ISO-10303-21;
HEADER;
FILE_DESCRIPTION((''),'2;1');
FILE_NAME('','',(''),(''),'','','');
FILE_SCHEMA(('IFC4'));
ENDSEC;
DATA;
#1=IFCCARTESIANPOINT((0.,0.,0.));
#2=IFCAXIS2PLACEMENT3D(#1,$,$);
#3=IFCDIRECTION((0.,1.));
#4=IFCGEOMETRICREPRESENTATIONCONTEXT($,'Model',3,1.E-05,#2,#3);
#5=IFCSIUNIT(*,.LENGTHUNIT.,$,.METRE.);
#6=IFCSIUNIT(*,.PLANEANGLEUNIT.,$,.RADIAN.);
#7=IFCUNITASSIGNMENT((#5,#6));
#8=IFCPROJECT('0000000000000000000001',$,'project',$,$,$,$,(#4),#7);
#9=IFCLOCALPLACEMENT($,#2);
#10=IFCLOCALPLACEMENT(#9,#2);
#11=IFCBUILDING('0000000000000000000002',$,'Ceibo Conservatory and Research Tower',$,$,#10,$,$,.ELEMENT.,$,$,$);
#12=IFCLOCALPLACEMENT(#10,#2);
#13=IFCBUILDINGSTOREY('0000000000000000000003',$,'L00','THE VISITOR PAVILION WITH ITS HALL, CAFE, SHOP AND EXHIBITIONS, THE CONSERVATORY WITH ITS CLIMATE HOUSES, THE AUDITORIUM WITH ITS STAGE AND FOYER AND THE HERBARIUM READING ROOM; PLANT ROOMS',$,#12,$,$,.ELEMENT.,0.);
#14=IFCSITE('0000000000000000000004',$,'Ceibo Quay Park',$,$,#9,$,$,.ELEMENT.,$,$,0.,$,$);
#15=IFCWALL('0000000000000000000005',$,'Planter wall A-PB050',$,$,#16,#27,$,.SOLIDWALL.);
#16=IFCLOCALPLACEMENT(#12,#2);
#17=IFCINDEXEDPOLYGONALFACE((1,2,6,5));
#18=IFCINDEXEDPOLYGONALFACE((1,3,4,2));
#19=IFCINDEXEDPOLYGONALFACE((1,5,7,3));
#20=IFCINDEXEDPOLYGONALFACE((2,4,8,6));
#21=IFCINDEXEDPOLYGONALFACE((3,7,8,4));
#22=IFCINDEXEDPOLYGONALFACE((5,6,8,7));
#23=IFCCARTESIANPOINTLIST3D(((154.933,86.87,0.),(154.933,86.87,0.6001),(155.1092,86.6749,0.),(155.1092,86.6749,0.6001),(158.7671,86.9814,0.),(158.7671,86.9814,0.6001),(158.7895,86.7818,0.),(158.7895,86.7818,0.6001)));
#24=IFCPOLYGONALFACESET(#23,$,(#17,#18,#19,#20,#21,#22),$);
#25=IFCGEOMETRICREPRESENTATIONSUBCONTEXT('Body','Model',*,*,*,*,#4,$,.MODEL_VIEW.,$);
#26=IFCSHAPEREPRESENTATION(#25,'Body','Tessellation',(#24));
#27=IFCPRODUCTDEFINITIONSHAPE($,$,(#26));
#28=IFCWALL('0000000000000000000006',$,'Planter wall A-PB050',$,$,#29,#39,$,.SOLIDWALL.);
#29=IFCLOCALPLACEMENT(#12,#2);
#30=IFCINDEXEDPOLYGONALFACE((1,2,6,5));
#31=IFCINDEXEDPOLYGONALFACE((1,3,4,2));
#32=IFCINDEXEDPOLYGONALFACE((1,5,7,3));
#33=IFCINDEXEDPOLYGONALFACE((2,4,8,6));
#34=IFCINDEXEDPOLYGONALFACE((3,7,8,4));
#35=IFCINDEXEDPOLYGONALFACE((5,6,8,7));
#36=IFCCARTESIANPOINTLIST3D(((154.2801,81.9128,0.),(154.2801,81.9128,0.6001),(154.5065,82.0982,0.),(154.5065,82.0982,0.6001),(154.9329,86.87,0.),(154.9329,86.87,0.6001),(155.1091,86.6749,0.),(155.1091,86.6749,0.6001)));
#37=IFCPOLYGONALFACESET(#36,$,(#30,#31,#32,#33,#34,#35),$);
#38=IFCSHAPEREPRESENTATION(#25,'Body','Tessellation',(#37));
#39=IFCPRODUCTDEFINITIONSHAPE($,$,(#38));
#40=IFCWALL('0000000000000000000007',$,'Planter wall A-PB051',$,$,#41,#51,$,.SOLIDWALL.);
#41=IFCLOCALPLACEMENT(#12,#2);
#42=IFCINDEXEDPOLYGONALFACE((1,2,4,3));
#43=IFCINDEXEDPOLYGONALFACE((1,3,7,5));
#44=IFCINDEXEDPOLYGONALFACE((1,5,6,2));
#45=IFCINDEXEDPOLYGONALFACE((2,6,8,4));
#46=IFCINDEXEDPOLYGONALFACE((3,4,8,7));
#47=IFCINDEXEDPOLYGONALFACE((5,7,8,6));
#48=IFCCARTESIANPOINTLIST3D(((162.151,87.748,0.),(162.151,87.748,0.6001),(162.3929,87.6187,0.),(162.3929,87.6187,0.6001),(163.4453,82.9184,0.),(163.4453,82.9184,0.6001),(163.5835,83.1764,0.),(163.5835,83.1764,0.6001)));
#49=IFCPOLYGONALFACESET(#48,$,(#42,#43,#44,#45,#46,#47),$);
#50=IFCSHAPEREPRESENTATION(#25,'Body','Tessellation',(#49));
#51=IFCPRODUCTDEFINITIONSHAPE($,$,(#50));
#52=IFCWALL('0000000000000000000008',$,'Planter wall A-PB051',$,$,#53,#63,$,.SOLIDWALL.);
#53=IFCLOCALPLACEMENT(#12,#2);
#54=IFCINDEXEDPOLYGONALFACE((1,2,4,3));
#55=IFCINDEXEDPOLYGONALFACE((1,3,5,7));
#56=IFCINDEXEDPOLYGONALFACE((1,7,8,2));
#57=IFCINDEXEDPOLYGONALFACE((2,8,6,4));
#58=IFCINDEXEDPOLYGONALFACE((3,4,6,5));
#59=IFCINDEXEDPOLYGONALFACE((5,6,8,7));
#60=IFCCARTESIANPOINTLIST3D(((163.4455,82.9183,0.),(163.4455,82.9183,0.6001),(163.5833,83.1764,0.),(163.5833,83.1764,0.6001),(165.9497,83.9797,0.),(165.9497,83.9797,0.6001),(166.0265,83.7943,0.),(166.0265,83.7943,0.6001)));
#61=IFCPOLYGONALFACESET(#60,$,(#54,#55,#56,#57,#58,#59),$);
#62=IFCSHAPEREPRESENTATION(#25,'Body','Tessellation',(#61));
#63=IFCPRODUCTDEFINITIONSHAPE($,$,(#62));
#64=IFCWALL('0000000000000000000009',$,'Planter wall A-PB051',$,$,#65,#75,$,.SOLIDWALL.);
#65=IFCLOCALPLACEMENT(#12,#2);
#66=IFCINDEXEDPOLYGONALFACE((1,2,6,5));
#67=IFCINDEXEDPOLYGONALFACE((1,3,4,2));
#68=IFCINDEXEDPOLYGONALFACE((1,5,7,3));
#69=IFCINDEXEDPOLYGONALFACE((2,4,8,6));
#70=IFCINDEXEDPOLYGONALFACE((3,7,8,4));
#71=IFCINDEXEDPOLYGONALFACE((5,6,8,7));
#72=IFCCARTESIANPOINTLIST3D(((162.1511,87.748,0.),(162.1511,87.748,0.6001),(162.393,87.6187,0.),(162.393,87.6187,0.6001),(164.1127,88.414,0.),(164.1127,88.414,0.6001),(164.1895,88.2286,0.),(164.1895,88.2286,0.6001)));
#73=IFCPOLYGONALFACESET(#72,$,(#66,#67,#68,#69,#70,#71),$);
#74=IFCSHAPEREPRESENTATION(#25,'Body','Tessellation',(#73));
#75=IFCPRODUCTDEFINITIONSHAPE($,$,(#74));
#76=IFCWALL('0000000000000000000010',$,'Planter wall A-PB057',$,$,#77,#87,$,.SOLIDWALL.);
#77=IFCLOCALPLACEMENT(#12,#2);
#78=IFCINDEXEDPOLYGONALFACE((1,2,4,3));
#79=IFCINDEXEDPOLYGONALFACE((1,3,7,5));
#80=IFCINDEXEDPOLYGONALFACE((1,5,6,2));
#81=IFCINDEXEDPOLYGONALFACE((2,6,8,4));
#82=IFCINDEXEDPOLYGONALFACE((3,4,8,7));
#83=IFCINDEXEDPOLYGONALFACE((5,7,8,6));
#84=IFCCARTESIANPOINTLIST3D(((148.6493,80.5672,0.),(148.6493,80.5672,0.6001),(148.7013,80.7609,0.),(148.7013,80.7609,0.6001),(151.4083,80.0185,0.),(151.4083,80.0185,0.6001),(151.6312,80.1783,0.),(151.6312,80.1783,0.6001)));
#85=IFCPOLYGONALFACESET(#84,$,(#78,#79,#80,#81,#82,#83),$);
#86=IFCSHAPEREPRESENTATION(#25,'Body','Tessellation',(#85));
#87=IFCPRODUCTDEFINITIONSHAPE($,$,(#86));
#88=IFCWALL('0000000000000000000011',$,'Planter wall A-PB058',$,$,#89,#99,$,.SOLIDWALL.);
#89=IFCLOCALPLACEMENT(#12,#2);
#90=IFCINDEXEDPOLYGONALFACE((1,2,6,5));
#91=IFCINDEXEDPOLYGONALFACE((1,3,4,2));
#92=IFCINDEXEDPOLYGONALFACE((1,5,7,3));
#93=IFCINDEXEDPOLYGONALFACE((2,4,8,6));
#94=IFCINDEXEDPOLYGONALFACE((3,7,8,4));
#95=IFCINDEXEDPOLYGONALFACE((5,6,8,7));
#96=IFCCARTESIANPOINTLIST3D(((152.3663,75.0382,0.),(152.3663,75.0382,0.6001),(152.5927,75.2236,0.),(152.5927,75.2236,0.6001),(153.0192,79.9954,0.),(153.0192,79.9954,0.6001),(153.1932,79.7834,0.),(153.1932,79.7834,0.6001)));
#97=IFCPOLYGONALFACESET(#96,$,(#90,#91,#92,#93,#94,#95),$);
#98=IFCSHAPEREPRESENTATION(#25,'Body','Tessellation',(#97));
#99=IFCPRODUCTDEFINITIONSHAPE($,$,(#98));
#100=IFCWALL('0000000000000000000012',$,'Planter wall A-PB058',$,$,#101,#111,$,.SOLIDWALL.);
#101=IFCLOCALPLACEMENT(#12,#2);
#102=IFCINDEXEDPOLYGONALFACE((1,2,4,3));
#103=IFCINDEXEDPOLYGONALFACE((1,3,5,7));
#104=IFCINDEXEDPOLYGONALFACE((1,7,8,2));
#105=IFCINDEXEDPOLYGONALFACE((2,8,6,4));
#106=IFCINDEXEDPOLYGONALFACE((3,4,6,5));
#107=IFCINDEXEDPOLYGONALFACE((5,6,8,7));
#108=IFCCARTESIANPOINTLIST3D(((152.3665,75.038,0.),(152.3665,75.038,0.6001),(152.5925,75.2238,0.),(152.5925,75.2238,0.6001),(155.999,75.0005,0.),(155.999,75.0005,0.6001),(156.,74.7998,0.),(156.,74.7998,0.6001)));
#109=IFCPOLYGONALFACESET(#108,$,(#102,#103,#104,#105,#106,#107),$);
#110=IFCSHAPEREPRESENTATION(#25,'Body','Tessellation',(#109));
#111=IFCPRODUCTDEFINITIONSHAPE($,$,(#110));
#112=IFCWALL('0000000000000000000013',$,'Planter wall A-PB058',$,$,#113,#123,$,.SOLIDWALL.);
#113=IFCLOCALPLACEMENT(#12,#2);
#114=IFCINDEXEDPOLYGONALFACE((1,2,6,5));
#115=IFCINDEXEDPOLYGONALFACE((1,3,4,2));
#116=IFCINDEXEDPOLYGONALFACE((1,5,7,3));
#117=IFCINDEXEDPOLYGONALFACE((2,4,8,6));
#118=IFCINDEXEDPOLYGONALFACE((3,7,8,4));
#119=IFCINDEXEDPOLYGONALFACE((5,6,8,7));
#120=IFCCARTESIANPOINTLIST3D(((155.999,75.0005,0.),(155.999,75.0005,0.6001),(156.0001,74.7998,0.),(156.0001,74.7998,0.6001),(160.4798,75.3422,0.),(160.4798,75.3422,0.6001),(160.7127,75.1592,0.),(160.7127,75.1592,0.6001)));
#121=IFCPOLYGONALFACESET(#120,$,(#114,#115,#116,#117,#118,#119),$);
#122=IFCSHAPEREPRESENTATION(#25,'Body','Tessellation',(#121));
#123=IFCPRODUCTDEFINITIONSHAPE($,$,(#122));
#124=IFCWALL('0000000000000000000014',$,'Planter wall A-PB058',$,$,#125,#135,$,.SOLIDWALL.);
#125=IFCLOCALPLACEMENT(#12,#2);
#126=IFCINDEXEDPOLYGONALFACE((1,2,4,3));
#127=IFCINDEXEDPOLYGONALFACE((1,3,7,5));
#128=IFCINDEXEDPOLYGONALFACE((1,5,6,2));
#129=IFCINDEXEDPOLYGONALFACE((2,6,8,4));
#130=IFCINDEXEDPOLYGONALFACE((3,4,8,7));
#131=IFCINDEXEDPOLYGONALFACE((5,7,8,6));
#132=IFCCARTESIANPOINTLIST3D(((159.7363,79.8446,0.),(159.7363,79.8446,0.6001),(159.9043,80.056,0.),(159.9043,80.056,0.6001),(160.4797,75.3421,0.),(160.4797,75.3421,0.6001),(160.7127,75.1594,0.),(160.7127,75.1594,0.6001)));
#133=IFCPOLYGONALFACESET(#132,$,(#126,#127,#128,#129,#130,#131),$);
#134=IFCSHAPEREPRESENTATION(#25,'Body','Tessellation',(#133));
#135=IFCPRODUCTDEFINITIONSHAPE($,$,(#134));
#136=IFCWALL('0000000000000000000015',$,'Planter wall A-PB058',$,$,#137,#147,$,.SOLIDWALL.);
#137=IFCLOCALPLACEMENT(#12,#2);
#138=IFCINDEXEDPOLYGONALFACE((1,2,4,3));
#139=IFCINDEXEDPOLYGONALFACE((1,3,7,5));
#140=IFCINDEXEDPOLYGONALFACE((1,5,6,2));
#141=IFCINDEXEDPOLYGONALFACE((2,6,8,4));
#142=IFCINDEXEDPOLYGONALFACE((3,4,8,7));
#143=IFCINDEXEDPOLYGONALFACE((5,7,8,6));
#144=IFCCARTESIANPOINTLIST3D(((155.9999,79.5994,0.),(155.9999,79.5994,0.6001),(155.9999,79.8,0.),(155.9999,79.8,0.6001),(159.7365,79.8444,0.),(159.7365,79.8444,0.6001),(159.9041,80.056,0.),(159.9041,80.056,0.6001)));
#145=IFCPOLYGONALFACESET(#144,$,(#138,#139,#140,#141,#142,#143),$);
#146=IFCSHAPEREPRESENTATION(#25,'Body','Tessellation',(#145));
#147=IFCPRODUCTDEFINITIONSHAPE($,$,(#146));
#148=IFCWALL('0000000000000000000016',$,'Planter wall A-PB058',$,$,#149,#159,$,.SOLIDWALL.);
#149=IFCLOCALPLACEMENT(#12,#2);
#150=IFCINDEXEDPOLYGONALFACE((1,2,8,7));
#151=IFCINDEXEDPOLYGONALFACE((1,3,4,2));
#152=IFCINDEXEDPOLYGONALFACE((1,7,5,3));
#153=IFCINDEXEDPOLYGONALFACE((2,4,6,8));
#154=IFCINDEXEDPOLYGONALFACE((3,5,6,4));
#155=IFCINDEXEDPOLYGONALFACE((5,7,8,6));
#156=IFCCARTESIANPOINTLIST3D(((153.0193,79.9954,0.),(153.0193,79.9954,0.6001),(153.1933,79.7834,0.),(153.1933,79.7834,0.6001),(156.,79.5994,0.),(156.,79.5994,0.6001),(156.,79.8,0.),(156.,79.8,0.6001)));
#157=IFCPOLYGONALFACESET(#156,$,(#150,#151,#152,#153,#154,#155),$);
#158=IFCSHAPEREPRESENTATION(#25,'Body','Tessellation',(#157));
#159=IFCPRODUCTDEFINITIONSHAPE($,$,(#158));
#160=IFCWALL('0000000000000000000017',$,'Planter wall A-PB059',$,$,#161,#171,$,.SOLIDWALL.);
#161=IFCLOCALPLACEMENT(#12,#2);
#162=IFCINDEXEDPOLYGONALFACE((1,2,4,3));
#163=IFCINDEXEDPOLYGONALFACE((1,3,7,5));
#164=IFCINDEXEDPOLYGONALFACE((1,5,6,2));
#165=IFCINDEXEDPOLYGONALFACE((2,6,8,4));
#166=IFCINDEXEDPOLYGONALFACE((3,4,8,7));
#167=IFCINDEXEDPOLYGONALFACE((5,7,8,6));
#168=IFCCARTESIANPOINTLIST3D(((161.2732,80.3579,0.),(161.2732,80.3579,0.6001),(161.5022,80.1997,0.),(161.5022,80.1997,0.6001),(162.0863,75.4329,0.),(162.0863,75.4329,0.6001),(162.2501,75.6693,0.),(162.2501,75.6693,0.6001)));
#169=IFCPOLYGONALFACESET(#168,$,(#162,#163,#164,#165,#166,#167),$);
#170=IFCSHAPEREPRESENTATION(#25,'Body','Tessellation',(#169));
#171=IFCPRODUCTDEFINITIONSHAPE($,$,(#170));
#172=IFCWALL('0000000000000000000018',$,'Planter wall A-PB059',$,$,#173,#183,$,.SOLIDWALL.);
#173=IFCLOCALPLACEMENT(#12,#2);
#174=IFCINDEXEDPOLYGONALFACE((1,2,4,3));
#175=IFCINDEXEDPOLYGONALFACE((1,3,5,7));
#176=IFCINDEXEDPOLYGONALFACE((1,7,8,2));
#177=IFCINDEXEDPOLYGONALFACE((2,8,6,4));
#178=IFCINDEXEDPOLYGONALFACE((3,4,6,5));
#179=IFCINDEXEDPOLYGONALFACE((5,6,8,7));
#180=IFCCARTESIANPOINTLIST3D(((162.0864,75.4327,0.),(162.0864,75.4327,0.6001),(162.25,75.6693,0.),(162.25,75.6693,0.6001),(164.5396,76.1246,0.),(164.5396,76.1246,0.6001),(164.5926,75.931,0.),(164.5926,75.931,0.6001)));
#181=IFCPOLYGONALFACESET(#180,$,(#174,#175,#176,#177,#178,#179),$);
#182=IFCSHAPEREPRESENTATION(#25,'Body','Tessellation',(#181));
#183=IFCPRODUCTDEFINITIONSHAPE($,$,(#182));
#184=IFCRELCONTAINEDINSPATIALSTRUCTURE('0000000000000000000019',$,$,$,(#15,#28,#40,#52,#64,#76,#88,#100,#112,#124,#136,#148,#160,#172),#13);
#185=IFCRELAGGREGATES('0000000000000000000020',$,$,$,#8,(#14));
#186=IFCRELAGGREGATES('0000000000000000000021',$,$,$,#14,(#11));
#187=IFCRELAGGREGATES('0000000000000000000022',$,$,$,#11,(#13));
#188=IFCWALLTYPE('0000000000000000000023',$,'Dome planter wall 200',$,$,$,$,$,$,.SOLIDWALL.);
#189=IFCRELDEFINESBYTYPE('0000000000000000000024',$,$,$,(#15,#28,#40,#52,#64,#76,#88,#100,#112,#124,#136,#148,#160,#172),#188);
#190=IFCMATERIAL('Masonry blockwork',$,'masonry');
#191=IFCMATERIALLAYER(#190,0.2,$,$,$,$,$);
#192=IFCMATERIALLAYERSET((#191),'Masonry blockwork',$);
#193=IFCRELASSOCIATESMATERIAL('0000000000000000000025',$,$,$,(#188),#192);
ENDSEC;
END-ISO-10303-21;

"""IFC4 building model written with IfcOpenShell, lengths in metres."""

from ifc_helpers import new_model, si_unit, direction, frame, origin, place, context, subcontext, project, spatial, polyline, outline, extrude, material, layer, layer_set, type_object, element, save


model = new_model("IFC4")

# Units and contexts
model_context = context("Model", 3, precision=1e-05, world=origin(), true_north=direction((0.0, 1.0)))
body_context = subcontext(model_context, "Body", "Model", "MODEL_VIEW")
ifc_project = project(units=[si_unit("LENGTHUNIT", "METRE"), si_unit("PLANEANGLEUNIT", "RADIAN")], contexts=[model_context])

# Site, building, storey
site_placement = place(None, origin())
site = spatial("IfcSite", under=ifc_project, at=site_placement, Name="Ceibo Quay Park", CompositionType="ELEMENT", RefElevation=0.0)
building_placement = place(site_placement, origin())
building = spatial("IfcBuilding", under=site, at=building_placement, Name="Ceibo Conservatory and Research Tower", CompositionType="ELEMENT")
storey_placement = place(building_placement, origin())
storey = spatial("IfcBuildingStorey", under=building, at=storey_placement, Name="L00", Description="THE VISITOR PAVILION WITH ITS HALL, CAFE, SHOP AND EXHIBITIONS, THE CONSERVATORY WITH ITS CLIMATE HOUSES, THE AUDITORIUM WITH ITS STAGE AND FOYER AND THE HERBARIUM READING ROOM; PLANT ROOMS", CompositionType="ELEMENT", Elevation=0.0)

# Walls
ifc_material_1 = material(Name="Masonry blockwork", Category="masonry")
ifc_layer_1 = layer(ifc_material_1, 0.2)
ifc_layer_set_1 = layer_set([ifc_layer_1], Name="Masonry blockwork")
wall_type_1 = type_object("IfcWallType", Name="Dome planter wall 200", PredefinedType="SOLIDWALL", material=ifc_layer_set_1)
wall_1_placement = place(storey_placement, frame((158.7783, 86.8816, 0.0), z_axis=(0.0, 0.0, 1.0), x_axis=(-0.999578, -0.029033, 0.0)))
element("IfcWall", 1, at=wall_1_placement, inside=storey, type_object=wall_type_1, Name="Planter wall A-PB050", PredefinedType="SOLIDWALL", context=body_context, shape_type="SweptSolid", body=[
    extrude(outline(polyline([(0.0083, -0.1001), (3.844, -0.1001), (3.6736, 0.1001), (-0.0083, 0.1001), (0.0083, -0.1001)])), origin(), (0.0, 0.0, 1.0), 0.6001),
])
wall_2_placement = place(storey_placement, frame((155.021, 86.7725, 0.0), z_axis=(0.0, 0.0, 1.0), x_axis=(-0.13055, -0.991442, 0.0)))
element("IfcWall", 2, at=wall_2_placement, inside=storey, type_object=wall_type_1, Name="Planter wall A-PB050", PredefinedType="SOLIDWALL", context=body_context, shape_type="SweptSolid", body=[
    extrude(outline(polyline([(-0.0852, -0.1001), (4.9148, -0.1001), (4.7014, 0.1001), (0.0852, 0.1001), (-0.0852, -0.1001)])), origin(), (0.0, 0.0, 1.0), 0.6001),
])
wall_3_placement = place(storey_placement, frame((162.272, 87.6833, 0.0), z_axis=(0.0, 0.0, 1.0), x_axis=(0.258862, -0.965914, 0.0)))
element("IfcWall", 3, at=wall_3_placement, inside=storey, type_object=wall_type_1, Name="Planter wall A-PB051", PredefinedType="SOLIDWALL", context=body_context, shape_type="SweptSolid", body=[
    extrude(outline(polyline([(-0.0938, -0.1001), (4.9062, -0.1001), (4.6929, 0.1001), (0.0938, 0.1001), (-0.0938, -0.1001)])), origin(), (0.0, 0.0, 1.0), 0.6001),
])
wall_4_placement = place(storey_placement, frame((163.5144, 83.0474, 0.0), z_axis=(0.0, 0.0, 1.0), x_axis=(0.94694, 0.32141, 0.0)))
element("IfcWall", 4, at=wall_4_placement, inside=storey, type_object=wall_type_1, Name="Planter wall A-PB051", PredefinedType="SOLIDWALL", context=body_context, shape_type="SweptSolid", body=[
    extrude(outline(polyline([(-0.1067, -0.1001), (2.6189, -0.1001), (2.6057, 0.1001), (0.1067, 0.1001), (-0.1067, -0.1001)])), origin(), (0.0, 0.0, 1.0), 0.6001),
])
wall_5_placement = place(storey_placement, frame((164.1511, 88.3213, 0.0), z_axis=(0.0, 0.0, 1.0), x_axis=(-0.946922, -0.321464, 0.0)))
element("IfcWall", 5, at=wall_5_placement, inside=storey, type_object=wall_type_1, Name="Planter wall A-PB051", PredefinedType="SOLIDWALL", context=body_context, shape_type="SweptSolid", body=[
    extrude(outline(polyline([(0.0066, -0.1001), (2.0781, -0.1001), (1.8906, 0.1001), (-0.0066, 0.1001), (0.0066, -0.1001)])), origin(), (0.0, 0.0, 1.0), 0.6001),
])
wall_6_placement = place(storey_placement, frame((151.5198, 80.0984, 0.0), z_axis=(0.0, 0.0, 1.0), x_axis=(-0.980794, 0.195048, 0.0)))
element("IfcWall", 6, at=wall_6_placement, inside=storey, type_object=wall_type_1, Name="Planter wall A-PB057", PredefinedType="SOLIDWALL", context=body_context, shape_type="SweptSolid", body=[
    extrude(outline(polyline([(-0.0938, -0.1001), (2.8936, -0.1001), (2.9067, 0.1001), (0.0938, 0.1001), (-0.0938, -0.1001)])), origin(), (0.0, 0.0, 1.0), 0.6001),
])
wall_7_placement = place(storey_placement, frame((153.1062, 79.8894, 0.0), z_axis=(0.0, 0.0, 1.0), x_axis=(-0.130574, -0.991439, 0.0)))
element("IfcWall", 7, at=wall_7_placement, inside=storey, type_object=wall_type_1, Name="Planter wall A-PB058", PredefinedType="SOLIDWALL", context=body_context, shape_type="SweptSolid", body=[
    extrude(outline(polyline([(-0.0938, -0.1001), (4.9062, -0.1001), (4.6929, 0.1001), (0.0938, 0.1001), (-0.0938, -0.1001)])), origin(), (0.0, 0.0, 1.0), 0.6001),
])
wall_8_placement = place(storey_placement, frame((152.4795, 75.1309, 0.0), z_axis=(0.0, 0.0, 1.0), x_axis=(0.997859, -0.065403, 0.0)))
element("IfcWall", 8, at=wall_8_placement, inside=storey, type_object=wall_type_1, Name="Planter wall A-PB058", PredefinedType="SOLIDWALL", context=body_context, shape_type="SweptSolid", body=[
    extrude(outline(polyline([(-0.1067, -0.1001), (3.5347, -0.1001), (3.5205, 0.1001), (0.1067, 0.1001), (-0.1067, -0.1001)])), origin(), (0.0, 0.0, 1.0), 0.6001),
])
wall_9_placement = place(storey_placement, frame((155.9995, 74.9001, 0.0), z_axis=(0.0, 0.0, 1.0), x_axis=(0.997104, 0.076049, 0.0)))
element("IfcWall", 9, at=wall_9_placement, inside=storey, type_object=wall_type_1, Name="Planter wall A-PB058", PredefinedType="SOLIDWALL", context=body_context, shape_type="SweptSolid", body=[
    extrude(outline(polyline([(-0.0071, -0.1001), (4.7192, -0.1001), (4.501, 0.1001), (0.0071, 0.1001), (-0.0071, -0.1001)])), origin(), (0.0, 0.0, 1.0), 0.6001),
])
wall_10_placement = place(storey_placement, frame((160.5962, 75.2507, 0.0), z_axis=(0.0, 0.0, 1.0), x_axis=(-0.162894, 0.986644, 0.0)))
element("IfcWall", 10, at=wall_10_placement, inside=storey, type_object=wall_type_1, Name="Planter wall A-PB058", PredefinedType="SOLIDWALL", context=body_context, shape_type="SweptSolid", body=[
    extrude(outline(polyline([(-0.1091, -0.1001), (4.8538, -0.1001), (4.6726, 0.1001), (0.1091, 0.1001), (-0.1091, -0.1001)])), origin(), (0.0, 0.0, 1.0), 0.6001),
])
wall_11_placement = place(storey_placement, frame((159.8203, 79.9502, 0.0), z_axis=(0.0, 0.0, 1.0), x_axis=(-0.997857, -0.065427, 0.0)))
element("IfcWall", 11, at=wall_11_placement, inside=storey, type_object=wall_type_1, Name="Planter wall A-PB058", PredefinedType="SOLIDWALL", context=body_context, shape_type="SweptSolid", body=[
    extrude(outline(polyline([(-0.0906, -0.1001), (3.822, -0.1001), (3.8352, 0.1001), (0.0906, 0.1001), (-0.0906, -0.1001)])), origin(), (0.0, 0.0, 1.0), 0.6001),
])
wall_12_placement = place(storey_placement, frame((156.0, 79.6997, 0.0), z_axis=(0.0, 0.0, 1.0), x_axis=(-0.997858, 0.065413, 0.0)))
element("IfcWall", 12, at=wall_12_placement, inside=storey, type_object=wall_type_1, Name="Planter wall A-PB058", PredefinedType="SOLIDWALL", context=body_context, shape_type="SweptSolid", body=[
    extrude(outline(polyline([(0.0066, -0.1001), (2.9937, -0.1001), (2.8062, 0.1001), (-0.0066, 0.1001), (0.0066, -0.1001)])), origin(), (0.0, 0.0, 1.0), 0.6001),
])
wall_13_placement = place(storey_placement, frame((161.3877, 80.2788, 0.0), z_axis=(0.0, 0.0, 1.0), x_axis=(0.162887, -0.986645, 0.0)))
element("IfcWall", 13, at=wall_13_placement, inside=storey, type_object=wall_type_1, Name="Planter wall A-PB059", PredefinedType="SOLIDWALL", context=body_context, shape_type="SweptSolid", body=[
    extrude(outline(polyline([(-0.0967, -0.1001), (4.895, -0.1001), (4.6885, 0.1001), (0.0967, 0.1001), (-0.0967, -0.1001)])), origin(), (0.0, 0.0, 1.0), 0.6001),
])
wall_14_placement = place(storey_placement, frame((162.1682, 75.551, 0.0), z_axis=(0.0, 0.0, 1.0), x_axis=(0.980799, 0.195021, 0.0)))
element("IfcWall", 14, at=wall_14_placement, inside=storey, type_object=wall_type_1, Name="Planter wall A-PB059", PredefinedType="SOLIDWALL", context=body_context, shape_type="SweptSolid", body=[
    extrude(outline(polyline([(-0.1033, -0.1001), (2.4519, -0.1001), (2.4377, 0.1001), (0.1033, 0.1001), (-0.1033, -0.1001)])), origin(), (0.0, 0.0, 1.0), 0.6001),
])

save(model, "model.ifc")
